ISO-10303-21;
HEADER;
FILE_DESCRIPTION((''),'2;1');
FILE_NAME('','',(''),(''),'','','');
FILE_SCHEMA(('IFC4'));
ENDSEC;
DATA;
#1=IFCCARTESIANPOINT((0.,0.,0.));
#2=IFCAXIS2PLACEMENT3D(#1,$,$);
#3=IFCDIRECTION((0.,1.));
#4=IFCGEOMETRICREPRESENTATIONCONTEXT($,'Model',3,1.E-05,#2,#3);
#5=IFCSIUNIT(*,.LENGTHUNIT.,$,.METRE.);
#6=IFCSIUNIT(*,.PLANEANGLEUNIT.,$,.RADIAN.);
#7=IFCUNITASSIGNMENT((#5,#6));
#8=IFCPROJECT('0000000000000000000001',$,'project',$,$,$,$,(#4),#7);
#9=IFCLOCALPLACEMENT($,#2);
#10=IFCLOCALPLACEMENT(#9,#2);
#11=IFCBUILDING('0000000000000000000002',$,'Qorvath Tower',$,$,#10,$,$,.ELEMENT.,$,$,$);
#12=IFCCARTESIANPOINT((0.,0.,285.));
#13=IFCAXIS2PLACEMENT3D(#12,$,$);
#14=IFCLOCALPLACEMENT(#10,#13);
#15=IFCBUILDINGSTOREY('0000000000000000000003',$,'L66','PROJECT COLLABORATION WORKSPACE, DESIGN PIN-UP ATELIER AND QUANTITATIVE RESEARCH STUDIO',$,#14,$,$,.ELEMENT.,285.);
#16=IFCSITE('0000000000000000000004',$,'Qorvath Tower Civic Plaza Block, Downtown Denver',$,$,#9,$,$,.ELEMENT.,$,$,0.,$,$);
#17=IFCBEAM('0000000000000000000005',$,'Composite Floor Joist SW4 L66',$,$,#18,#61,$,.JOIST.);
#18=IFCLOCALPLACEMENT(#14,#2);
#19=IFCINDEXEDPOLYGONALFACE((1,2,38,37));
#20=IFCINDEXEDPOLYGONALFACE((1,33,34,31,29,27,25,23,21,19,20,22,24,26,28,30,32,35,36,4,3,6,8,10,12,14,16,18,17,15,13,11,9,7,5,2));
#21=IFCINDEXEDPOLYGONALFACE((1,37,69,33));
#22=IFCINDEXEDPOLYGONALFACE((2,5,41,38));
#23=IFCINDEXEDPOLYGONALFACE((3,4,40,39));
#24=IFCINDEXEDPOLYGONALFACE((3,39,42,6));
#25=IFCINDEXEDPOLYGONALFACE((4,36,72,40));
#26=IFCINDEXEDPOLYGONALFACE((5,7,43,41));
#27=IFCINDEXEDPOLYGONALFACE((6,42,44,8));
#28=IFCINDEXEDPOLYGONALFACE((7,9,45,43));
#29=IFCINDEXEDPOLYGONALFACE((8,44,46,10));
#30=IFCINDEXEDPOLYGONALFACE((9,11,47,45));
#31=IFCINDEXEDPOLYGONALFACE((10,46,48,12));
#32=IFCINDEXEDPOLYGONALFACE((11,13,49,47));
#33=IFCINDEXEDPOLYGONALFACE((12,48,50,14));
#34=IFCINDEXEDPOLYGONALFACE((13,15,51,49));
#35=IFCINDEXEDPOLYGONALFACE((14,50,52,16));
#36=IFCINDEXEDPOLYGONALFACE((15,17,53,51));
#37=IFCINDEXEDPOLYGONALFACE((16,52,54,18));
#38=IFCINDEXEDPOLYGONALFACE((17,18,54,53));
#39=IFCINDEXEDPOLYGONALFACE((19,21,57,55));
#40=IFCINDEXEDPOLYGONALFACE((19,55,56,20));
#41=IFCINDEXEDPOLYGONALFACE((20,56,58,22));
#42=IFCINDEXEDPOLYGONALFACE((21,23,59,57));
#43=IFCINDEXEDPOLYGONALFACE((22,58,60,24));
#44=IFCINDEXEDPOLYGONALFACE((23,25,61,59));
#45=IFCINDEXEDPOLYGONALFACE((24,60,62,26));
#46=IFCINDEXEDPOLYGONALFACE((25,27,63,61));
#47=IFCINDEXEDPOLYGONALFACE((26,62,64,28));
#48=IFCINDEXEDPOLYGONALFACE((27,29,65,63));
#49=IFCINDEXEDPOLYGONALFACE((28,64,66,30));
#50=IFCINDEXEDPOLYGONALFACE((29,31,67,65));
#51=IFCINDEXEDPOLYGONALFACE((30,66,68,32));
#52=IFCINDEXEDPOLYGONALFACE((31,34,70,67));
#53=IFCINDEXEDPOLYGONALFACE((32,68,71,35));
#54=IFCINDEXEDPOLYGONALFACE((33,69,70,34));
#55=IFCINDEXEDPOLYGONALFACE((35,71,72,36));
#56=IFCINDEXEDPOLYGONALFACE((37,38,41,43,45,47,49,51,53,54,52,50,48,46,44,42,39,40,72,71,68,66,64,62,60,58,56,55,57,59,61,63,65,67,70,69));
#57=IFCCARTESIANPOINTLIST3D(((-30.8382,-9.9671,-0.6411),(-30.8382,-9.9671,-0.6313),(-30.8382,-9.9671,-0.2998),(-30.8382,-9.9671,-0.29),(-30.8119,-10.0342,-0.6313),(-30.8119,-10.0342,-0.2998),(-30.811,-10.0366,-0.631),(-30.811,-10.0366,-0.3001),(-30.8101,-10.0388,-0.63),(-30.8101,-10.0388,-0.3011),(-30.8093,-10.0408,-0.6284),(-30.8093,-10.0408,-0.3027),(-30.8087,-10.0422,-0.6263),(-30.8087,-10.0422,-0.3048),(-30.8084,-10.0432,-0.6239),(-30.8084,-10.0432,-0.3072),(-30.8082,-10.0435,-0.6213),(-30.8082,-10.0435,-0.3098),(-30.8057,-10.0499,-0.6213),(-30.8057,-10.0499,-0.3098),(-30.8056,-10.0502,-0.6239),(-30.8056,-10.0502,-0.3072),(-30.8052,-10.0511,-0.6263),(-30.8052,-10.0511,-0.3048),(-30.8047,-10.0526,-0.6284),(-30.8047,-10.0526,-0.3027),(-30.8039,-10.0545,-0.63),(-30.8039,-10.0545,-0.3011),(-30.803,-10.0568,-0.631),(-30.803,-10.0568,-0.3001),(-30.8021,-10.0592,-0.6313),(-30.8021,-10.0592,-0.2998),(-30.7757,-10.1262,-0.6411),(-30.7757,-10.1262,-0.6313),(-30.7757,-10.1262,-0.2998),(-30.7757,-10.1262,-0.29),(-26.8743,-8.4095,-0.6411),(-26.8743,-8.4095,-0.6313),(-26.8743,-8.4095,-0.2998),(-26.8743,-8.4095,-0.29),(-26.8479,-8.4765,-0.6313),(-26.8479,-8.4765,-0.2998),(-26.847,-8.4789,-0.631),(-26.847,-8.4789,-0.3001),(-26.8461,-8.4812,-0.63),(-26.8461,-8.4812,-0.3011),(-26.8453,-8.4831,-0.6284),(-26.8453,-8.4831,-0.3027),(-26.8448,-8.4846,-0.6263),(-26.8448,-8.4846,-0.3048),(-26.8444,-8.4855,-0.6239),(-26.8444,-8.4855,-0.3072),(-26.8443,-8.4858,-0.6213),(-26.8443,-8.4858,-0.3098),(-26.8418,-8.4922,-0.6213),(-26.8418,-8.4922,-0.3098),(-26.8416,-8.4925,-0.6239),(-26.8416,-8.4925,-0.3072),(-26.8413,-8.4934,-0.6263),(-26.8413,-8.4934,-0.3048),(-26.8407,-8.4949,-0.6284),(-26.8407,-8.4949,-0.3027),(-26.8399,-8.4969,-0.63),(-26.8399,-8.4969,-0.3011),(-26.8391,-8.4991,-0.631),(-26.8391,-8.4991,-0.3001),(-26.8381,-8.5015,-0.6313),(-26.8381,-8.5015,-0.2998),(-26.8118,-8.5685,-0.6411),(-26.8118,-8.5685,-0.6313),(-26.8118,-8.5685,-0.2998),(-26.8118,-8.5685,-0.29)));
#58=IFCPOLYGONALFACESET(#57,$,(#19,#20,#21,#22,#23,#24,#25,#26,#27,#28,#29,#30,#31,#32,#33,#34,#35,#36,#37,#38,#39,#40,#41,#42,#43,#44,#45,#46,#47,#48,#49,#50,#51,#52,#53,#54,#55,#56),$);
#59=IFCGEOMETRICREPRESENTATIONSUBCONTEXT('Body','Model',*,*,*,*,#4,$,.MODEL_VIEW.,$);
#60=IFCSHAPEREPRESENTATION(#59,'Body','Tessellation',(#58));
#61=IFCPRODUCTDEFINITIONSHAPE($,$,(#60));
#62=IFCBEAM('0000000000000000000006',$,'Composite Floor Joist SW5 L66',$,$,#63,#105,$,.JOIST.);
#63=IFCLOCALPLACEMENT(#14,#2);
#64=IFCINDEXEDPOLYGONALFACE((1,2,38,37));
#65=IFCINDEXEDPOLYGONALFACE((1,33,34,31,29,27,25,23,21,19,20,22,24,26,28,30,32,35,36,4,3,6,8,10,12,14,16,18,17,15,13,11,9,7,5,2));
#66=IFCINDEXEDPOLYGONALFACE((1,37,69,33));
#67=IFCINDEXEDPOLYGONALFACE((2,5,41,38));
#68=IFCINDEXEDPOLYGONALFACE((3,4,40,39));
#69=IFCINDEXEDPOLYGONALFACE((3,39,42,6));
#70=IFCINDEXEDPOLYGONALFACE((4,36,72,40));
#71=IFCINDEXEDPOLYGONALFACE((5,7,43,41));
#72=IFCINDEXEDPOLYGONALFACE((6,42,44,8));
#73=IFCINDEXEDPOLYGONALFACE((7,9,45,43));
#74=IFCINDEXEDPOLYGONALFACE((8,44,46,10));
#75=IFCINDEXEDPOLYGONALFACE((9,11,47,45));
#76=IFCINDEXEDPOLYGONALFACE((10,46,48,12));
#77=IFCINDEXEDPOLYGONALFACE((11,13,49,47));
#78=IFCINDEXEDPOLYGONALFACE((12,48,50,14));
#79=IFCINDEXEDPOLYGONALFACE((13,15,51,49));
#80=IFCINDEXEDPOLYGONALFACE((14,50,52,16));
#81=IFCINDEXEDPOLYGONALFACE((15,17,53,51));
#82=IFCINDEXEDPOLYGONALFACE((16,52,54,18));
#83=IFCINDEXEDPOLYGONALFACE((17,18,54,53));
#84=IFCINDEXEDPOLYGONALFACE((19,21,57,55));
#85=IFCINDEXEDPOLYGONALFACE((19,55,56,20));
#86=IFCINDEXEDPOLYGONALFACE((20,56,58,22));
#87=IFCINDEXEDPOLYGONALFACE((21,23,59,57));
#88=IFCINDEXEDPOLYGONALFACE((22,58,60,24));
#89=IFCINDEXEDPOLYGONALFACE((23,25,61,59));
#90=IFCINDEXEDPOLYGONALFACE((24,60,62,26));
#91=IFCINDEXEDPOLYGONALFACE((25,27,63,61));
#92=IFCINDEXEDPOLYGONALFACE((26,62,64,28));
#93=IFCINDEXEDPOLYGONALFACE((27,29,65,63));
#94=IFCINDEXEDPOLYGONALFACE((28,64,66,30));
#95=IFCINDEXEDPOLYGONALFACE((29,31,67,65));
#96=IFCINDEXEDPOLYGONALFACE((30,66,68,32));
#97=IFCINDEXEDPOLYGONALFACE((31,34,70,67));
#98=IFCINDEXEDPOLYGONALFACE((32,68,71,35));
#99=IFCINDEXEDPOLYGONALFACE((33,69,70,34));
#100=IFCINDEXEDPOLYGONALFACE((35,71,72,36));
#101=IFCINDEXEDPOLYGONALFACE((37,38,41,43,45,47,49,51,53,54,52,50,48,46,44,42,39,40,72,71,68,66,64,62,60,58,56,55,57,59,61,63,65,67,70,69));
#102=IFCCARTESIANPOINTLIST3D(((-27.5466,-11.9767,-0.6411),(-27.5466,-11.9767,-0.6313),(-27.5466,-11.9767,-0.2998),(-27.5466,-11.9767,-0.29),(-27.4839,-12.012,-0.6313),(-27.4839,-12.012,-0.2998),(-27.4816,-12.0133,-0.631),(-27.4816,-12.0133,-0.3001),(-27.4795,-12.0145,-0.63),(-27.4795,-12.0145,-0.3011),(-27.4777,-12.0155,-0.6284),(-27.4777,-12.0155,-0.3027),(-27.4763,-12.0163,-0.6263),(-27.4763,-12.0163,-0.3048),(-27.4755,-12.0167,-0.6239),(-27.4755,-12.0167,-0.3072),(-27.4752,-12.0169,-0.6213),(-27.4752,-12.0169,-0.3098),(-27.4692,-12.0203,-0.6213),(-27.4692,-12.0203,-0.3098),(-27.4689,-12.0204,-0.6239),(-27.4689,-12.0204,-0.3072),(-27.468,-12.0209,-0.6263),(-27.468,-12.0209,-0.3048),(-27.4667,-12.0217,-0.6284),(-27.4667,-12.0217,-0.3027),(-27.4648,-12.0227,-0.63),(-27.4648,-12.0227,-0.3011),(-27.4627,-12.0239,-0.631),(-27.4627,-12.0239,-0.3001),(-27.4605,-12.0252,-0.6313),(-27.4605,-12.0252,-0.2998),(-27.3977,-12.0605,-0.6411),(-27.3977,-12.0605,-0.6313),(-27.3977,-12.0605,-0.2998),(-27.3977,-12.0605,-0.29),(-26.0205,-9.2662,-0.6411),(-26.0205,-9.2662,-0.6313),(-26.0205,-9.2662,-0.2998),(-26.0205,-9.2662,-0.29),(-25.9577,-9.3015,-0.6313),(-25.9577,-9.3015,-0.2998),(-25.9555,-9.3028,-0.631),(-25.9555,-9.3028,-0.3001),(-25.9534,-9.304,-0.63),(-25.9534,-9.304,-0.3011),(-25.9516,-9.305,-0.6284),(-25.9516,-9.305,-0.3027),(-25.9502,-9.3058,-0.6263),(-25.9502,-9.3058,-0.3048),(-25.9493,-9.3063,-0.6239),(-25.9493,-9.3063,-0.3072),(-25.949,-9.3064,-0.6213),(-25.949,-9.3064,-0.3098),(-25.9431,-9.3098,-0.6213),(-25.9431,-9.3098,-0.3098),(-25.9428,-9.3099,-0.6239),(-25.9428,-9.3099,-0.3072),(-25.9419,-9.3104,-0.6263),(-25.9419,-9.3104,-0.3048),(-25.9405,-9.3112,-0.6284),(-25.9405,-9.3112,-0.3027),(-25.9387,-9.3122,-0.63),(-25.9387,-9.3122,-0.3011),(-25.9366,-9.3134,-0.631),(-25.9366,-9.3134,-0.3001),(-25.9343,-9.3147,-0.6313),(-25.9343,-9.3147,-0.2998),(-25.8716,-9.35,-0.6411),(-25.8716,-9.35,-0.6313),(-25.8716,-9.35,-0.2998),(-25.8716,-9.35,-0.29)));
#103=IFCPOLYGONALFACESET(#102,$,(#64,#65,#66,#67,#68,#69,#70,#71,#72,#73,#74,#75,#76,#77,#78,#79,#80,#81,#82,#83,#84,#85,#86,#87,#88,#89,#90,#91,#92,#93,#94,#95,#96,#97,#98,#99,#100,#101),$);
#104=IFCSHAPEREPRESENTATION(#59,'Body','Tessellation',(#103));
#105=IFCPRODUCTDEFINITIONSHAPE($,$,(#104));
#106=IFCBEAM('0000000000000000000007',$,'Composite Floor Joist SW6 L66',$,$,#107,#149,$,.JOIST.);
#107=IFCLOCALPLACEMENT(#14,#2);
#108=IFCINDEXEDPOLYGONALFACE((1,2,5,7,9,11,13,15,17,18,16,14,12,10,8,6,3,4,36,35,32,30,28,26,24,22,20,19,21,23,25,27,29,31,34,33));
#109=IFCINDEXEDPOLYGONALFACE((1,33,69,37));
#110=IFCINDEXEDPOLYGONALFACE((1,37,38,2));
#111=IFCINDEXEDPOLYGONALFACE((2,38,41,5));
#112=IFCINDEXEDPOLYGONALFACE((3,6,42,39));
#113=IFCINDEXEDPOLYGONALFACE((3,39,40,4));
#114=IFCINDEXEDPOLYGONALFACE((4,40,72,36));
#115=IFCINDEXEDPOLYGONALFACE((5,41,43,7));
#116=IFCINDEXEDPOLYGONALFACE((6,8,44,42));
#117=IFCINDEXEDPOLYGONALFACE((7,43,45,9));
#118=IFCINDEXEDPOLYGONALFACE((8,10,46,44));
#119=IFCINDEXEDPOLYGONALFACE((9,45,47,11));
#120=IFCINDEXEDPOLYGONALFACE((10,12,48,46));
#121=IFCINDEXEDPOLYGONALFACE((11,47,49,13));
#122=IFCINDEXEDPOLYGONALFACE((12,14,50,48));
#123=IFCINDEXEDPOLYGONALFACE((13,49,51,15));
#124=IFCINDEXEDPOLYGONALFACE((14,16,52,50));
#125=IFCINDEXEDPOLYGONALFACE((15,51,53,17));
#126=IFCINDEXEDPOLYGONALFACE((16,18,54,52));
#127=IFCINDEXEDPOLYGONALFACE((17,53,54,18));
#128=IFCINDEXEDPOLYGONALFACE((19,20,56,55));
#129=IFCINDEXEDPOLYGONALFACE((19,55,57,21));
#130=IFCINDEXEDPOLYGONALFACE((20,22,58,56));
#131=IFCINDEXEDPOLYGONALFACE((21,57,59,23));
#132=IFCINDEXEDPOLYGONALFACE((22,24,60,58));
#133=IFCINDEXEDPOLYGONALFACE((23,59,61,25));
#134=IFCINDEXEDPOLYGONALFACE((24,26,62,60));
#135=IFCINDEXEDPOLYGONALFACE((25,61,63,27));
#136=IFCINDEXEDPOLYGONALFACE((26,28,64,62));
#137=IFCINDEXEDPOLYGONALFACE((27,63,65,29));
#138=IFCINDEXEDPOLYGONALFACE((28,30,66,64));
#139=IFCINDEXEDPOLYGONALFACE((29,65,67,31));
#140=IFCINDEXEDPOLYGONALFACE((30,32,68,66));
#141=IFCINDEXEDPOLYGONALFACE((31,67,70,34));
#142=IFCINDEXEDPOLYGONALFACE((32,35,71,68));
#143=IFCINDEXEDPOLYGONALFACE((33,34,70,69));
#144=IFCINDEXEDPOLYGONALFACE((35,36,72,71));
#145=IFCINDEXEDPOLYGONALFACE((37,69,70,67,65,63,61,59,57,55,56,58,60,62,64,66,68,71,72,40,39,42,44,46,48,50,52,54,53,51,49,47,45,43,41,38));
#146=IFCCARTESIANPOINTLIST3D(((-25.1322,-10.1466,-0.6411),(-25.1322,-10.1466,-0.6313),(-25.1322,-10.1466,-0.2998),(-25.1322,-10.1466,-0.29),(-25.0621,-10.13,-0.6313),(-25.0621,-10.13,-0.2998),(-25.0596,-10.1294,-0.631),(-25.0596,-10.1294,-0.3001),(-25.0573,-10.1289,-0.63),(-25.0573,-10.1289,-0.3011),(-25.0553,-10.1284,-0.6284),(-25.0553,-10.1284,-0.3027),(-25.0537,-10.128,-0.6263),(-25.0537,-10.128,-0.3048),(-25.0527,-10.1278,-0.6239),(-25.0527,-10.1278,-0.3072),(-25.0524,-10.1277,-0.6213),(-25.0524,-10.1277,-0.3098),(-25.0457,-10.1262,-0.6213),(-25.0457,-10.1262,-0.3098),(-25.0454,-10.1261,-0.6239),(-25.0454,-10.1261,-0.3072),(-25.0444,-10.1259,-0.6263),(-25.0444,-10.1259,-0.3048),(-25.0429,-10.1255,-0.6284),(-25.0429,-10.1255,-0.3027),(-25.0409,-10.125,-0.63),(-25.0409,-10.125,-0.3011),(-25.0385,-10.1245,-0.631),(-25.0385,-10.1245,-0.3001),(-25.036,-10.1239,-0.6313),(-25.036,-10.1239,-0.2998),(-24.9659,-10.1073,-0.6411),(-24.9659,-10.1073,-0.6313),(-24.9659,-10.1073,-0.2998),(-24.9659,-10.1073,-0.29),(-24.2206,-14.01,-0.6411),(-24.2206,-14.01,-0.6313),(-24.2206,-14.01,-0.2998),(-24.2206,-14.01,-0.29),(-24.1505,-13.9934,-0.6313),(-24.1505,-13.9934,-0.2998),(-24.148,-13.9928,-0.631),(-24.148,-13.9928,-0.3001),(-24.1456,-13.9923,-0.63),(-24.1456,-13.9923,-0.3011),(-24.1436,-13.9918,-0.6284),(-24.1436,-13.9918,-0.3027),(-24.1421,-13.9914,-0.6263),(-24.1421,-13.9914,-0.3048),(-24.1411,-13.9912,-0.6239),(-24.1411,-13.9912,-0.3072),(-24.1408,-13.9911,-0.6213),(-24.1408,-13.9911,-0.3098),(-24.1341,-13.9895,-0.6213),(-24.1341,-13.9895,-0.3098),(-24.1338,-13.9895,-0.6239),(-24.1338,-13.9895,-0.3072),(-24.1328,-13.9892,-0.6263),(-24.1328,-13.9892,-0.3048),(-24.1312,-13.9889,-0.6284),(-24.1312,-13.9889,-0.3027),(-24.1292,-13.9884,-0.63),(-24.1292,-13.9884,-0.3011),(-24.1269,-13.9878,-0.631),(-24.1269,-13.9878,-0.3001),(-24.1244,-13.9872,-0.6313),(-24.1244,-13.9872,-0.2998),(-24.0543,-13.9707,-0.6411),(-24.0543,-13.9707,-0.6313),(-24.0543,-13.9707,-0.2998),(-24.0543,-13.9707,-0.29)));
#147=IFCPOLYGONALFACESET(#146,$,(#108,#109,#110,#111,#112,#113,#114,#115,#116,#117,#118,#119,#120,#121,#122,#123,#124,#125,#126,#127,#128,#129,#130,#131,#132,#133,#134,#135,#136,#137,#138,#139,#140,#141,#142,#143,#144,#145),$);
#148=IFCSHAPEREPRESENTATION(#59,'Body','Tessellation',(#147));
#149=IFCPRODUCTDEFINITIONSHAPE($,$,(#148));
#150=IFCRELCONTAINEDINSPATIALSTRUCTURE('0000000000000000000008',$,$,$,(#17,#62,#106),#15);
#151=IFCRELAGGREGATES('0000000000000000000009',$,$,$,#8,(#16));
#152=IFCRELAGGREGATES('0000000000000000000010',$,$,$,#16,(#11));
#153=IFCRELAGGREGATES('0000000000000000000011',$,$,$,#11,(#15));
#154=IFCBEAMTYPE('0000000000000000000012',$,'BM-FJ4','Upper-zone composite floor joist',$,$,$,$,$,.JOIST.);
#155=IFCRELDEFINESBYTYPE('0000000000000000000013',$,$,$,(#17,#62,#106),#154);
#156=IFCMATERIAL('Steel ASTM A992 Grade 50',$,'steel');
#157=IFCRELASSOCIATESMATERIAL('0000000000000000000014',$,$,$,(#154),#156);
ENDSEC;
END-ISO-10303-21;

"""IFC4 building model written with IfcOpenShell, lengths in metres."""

from ifc_helpers import new_model, si_unit, direction, frame, origin, origin_2d, place, context, subcontext, project, spatial, i_section, extrude, material, material_profile, profile_set, type_object, element, save


model = new_model("IFC4")

# Units and contexts
model_context = context("Model", 3, precision=1e-05, world=origin(), true_north=direction((0.0, 1.0)))
body_context = subcontext(model_context, "Body", "Model", "MODEL_VIEW")
ifc_project = project(units=[si_unit("LENGTHUNIT", "METRE"), si_unit("PLANEANGLEUNIT", "RADIAN")], contexts=[model_context])

# Site, building, storey
site_placement = place(None, origin())
site = spatial("IfcSite", under=ifc_project, at=site_placement, Name="Qorvath Tower Civic Plaza Block, Downtown Denver", CompositionType="ELEMENT", RefElevation=0.0)
building_placement = place(site_placement, origin())
building = spatial("IfcBuilding", under=site, at=building_placement, Name="Qorvath Tower", CompositionType="ELEMENT")
storey_placement = place(building_placement, frame((0.0, 0.0, 285.0)))
storey = spatial("IfcBuildingStorey", under=building, at=storey_placement, Name="L66", Description="PROJECT COLLABORATION WORKSPACE, DESIGN PIN-UP ATELIER AND QUANTITATIVE RESEARCH STUDIO", CompositionType="ELEMENT", Elevation=285.0)

# Beams
ifc_material_1 = material(Name="Steel ASTM A992 Grade 50", Category="steel")
ifc_material_profile_1 = material_profile(ifc_material_1, i_section(OverallWidth=0.1709, OverallDepth=0.3511, WebThickness=0.0068, FlangeThickness=0.0098, FilletRadius=0.01, at=origin_2d()), Name="W14x30")
ifc_profile_set_1 = profile_set([ifc_material_profile_1], Name="Steel ASTM A992 Grade 50")
beam_type_1 = type_object("IfcBeamType", Name="BM-FJ4", Description="Upper-zone composite floor joist", PredefinedType="JOIST", material=ifc_profile_set_1)
beam_1_placement = place(storey_placement, frame((-26.843, -8.489, -0.4656), z_axis=(-0.930721, -0.36573, 0.0), x_axis=(0.36573, -0.930721, 0.0)))
element("IfcBeam", 1, at=beam_1_placement, inside=storey, type_object=beam_type_1, Name="Composite Floor Joist SW4 L66", PredefinedType="JOIST", context=body_context, shape_type="SweptSolid", body=[
    extrude(i_section(OverallWidth=0.1709, OverallDepth=0.3511, WebThickness=0.0068, FlangeThickness=0.0098, FilletRadius=0.01, at=origin_2d()), origin(), (0.0, 0.0, 1.0), 4.259),
])
beam_2_placement = place(storey_placement, frame((-25.946, -9.3081, -0.4656), z_axis=(-0.490626, -0.87137, 0.0), x_axis=(0.87137, -0.490626, 0.0)))
element("IfcBeam", 2, at=beam_2_placement, inside=storey, type_object=beam_type_1, Name="Composite Floor Joist SW5 L66", PredefinedType="JOIST", context=body_context, shape_type="SweptSolid", body=[
    extrude(i_section(OverallWidth=0.1709, OverallDepth=0.3511, WebThickness=0.0068, FlangeThickness=0.0098, FilletRadius=0.01, at=origin_2d()), origin(), (0.0, 0.0, 1.0), 3.1106),
])
beam_3_placement = place(storey_placement, frame((-25.0491, -10.127, -0.4656), z_axis=(0.229663, -0.97327, 0.0), x_axis=(0.97327, 0.229663, 0.0)))
element("IfcBeam", 3, at=beam_3_placement, inside=storey, type_object=beam_type_1, Name="Composite Floor Joist SW6 L66", PredefinedType="JOIST", context=body_context, shape_type="SweptSolid", body=[
    extrude(i_section(OverallWidth=0.1709, OverallDepth=0.3511, WebThickness=0.0068, FlangeThickness=0.0098, FilletRadius=0.01, at=origin_2d()), origin(), (0.0, 0.0, 1.0), 3.9695),
])

save(model, "model.ifc")
